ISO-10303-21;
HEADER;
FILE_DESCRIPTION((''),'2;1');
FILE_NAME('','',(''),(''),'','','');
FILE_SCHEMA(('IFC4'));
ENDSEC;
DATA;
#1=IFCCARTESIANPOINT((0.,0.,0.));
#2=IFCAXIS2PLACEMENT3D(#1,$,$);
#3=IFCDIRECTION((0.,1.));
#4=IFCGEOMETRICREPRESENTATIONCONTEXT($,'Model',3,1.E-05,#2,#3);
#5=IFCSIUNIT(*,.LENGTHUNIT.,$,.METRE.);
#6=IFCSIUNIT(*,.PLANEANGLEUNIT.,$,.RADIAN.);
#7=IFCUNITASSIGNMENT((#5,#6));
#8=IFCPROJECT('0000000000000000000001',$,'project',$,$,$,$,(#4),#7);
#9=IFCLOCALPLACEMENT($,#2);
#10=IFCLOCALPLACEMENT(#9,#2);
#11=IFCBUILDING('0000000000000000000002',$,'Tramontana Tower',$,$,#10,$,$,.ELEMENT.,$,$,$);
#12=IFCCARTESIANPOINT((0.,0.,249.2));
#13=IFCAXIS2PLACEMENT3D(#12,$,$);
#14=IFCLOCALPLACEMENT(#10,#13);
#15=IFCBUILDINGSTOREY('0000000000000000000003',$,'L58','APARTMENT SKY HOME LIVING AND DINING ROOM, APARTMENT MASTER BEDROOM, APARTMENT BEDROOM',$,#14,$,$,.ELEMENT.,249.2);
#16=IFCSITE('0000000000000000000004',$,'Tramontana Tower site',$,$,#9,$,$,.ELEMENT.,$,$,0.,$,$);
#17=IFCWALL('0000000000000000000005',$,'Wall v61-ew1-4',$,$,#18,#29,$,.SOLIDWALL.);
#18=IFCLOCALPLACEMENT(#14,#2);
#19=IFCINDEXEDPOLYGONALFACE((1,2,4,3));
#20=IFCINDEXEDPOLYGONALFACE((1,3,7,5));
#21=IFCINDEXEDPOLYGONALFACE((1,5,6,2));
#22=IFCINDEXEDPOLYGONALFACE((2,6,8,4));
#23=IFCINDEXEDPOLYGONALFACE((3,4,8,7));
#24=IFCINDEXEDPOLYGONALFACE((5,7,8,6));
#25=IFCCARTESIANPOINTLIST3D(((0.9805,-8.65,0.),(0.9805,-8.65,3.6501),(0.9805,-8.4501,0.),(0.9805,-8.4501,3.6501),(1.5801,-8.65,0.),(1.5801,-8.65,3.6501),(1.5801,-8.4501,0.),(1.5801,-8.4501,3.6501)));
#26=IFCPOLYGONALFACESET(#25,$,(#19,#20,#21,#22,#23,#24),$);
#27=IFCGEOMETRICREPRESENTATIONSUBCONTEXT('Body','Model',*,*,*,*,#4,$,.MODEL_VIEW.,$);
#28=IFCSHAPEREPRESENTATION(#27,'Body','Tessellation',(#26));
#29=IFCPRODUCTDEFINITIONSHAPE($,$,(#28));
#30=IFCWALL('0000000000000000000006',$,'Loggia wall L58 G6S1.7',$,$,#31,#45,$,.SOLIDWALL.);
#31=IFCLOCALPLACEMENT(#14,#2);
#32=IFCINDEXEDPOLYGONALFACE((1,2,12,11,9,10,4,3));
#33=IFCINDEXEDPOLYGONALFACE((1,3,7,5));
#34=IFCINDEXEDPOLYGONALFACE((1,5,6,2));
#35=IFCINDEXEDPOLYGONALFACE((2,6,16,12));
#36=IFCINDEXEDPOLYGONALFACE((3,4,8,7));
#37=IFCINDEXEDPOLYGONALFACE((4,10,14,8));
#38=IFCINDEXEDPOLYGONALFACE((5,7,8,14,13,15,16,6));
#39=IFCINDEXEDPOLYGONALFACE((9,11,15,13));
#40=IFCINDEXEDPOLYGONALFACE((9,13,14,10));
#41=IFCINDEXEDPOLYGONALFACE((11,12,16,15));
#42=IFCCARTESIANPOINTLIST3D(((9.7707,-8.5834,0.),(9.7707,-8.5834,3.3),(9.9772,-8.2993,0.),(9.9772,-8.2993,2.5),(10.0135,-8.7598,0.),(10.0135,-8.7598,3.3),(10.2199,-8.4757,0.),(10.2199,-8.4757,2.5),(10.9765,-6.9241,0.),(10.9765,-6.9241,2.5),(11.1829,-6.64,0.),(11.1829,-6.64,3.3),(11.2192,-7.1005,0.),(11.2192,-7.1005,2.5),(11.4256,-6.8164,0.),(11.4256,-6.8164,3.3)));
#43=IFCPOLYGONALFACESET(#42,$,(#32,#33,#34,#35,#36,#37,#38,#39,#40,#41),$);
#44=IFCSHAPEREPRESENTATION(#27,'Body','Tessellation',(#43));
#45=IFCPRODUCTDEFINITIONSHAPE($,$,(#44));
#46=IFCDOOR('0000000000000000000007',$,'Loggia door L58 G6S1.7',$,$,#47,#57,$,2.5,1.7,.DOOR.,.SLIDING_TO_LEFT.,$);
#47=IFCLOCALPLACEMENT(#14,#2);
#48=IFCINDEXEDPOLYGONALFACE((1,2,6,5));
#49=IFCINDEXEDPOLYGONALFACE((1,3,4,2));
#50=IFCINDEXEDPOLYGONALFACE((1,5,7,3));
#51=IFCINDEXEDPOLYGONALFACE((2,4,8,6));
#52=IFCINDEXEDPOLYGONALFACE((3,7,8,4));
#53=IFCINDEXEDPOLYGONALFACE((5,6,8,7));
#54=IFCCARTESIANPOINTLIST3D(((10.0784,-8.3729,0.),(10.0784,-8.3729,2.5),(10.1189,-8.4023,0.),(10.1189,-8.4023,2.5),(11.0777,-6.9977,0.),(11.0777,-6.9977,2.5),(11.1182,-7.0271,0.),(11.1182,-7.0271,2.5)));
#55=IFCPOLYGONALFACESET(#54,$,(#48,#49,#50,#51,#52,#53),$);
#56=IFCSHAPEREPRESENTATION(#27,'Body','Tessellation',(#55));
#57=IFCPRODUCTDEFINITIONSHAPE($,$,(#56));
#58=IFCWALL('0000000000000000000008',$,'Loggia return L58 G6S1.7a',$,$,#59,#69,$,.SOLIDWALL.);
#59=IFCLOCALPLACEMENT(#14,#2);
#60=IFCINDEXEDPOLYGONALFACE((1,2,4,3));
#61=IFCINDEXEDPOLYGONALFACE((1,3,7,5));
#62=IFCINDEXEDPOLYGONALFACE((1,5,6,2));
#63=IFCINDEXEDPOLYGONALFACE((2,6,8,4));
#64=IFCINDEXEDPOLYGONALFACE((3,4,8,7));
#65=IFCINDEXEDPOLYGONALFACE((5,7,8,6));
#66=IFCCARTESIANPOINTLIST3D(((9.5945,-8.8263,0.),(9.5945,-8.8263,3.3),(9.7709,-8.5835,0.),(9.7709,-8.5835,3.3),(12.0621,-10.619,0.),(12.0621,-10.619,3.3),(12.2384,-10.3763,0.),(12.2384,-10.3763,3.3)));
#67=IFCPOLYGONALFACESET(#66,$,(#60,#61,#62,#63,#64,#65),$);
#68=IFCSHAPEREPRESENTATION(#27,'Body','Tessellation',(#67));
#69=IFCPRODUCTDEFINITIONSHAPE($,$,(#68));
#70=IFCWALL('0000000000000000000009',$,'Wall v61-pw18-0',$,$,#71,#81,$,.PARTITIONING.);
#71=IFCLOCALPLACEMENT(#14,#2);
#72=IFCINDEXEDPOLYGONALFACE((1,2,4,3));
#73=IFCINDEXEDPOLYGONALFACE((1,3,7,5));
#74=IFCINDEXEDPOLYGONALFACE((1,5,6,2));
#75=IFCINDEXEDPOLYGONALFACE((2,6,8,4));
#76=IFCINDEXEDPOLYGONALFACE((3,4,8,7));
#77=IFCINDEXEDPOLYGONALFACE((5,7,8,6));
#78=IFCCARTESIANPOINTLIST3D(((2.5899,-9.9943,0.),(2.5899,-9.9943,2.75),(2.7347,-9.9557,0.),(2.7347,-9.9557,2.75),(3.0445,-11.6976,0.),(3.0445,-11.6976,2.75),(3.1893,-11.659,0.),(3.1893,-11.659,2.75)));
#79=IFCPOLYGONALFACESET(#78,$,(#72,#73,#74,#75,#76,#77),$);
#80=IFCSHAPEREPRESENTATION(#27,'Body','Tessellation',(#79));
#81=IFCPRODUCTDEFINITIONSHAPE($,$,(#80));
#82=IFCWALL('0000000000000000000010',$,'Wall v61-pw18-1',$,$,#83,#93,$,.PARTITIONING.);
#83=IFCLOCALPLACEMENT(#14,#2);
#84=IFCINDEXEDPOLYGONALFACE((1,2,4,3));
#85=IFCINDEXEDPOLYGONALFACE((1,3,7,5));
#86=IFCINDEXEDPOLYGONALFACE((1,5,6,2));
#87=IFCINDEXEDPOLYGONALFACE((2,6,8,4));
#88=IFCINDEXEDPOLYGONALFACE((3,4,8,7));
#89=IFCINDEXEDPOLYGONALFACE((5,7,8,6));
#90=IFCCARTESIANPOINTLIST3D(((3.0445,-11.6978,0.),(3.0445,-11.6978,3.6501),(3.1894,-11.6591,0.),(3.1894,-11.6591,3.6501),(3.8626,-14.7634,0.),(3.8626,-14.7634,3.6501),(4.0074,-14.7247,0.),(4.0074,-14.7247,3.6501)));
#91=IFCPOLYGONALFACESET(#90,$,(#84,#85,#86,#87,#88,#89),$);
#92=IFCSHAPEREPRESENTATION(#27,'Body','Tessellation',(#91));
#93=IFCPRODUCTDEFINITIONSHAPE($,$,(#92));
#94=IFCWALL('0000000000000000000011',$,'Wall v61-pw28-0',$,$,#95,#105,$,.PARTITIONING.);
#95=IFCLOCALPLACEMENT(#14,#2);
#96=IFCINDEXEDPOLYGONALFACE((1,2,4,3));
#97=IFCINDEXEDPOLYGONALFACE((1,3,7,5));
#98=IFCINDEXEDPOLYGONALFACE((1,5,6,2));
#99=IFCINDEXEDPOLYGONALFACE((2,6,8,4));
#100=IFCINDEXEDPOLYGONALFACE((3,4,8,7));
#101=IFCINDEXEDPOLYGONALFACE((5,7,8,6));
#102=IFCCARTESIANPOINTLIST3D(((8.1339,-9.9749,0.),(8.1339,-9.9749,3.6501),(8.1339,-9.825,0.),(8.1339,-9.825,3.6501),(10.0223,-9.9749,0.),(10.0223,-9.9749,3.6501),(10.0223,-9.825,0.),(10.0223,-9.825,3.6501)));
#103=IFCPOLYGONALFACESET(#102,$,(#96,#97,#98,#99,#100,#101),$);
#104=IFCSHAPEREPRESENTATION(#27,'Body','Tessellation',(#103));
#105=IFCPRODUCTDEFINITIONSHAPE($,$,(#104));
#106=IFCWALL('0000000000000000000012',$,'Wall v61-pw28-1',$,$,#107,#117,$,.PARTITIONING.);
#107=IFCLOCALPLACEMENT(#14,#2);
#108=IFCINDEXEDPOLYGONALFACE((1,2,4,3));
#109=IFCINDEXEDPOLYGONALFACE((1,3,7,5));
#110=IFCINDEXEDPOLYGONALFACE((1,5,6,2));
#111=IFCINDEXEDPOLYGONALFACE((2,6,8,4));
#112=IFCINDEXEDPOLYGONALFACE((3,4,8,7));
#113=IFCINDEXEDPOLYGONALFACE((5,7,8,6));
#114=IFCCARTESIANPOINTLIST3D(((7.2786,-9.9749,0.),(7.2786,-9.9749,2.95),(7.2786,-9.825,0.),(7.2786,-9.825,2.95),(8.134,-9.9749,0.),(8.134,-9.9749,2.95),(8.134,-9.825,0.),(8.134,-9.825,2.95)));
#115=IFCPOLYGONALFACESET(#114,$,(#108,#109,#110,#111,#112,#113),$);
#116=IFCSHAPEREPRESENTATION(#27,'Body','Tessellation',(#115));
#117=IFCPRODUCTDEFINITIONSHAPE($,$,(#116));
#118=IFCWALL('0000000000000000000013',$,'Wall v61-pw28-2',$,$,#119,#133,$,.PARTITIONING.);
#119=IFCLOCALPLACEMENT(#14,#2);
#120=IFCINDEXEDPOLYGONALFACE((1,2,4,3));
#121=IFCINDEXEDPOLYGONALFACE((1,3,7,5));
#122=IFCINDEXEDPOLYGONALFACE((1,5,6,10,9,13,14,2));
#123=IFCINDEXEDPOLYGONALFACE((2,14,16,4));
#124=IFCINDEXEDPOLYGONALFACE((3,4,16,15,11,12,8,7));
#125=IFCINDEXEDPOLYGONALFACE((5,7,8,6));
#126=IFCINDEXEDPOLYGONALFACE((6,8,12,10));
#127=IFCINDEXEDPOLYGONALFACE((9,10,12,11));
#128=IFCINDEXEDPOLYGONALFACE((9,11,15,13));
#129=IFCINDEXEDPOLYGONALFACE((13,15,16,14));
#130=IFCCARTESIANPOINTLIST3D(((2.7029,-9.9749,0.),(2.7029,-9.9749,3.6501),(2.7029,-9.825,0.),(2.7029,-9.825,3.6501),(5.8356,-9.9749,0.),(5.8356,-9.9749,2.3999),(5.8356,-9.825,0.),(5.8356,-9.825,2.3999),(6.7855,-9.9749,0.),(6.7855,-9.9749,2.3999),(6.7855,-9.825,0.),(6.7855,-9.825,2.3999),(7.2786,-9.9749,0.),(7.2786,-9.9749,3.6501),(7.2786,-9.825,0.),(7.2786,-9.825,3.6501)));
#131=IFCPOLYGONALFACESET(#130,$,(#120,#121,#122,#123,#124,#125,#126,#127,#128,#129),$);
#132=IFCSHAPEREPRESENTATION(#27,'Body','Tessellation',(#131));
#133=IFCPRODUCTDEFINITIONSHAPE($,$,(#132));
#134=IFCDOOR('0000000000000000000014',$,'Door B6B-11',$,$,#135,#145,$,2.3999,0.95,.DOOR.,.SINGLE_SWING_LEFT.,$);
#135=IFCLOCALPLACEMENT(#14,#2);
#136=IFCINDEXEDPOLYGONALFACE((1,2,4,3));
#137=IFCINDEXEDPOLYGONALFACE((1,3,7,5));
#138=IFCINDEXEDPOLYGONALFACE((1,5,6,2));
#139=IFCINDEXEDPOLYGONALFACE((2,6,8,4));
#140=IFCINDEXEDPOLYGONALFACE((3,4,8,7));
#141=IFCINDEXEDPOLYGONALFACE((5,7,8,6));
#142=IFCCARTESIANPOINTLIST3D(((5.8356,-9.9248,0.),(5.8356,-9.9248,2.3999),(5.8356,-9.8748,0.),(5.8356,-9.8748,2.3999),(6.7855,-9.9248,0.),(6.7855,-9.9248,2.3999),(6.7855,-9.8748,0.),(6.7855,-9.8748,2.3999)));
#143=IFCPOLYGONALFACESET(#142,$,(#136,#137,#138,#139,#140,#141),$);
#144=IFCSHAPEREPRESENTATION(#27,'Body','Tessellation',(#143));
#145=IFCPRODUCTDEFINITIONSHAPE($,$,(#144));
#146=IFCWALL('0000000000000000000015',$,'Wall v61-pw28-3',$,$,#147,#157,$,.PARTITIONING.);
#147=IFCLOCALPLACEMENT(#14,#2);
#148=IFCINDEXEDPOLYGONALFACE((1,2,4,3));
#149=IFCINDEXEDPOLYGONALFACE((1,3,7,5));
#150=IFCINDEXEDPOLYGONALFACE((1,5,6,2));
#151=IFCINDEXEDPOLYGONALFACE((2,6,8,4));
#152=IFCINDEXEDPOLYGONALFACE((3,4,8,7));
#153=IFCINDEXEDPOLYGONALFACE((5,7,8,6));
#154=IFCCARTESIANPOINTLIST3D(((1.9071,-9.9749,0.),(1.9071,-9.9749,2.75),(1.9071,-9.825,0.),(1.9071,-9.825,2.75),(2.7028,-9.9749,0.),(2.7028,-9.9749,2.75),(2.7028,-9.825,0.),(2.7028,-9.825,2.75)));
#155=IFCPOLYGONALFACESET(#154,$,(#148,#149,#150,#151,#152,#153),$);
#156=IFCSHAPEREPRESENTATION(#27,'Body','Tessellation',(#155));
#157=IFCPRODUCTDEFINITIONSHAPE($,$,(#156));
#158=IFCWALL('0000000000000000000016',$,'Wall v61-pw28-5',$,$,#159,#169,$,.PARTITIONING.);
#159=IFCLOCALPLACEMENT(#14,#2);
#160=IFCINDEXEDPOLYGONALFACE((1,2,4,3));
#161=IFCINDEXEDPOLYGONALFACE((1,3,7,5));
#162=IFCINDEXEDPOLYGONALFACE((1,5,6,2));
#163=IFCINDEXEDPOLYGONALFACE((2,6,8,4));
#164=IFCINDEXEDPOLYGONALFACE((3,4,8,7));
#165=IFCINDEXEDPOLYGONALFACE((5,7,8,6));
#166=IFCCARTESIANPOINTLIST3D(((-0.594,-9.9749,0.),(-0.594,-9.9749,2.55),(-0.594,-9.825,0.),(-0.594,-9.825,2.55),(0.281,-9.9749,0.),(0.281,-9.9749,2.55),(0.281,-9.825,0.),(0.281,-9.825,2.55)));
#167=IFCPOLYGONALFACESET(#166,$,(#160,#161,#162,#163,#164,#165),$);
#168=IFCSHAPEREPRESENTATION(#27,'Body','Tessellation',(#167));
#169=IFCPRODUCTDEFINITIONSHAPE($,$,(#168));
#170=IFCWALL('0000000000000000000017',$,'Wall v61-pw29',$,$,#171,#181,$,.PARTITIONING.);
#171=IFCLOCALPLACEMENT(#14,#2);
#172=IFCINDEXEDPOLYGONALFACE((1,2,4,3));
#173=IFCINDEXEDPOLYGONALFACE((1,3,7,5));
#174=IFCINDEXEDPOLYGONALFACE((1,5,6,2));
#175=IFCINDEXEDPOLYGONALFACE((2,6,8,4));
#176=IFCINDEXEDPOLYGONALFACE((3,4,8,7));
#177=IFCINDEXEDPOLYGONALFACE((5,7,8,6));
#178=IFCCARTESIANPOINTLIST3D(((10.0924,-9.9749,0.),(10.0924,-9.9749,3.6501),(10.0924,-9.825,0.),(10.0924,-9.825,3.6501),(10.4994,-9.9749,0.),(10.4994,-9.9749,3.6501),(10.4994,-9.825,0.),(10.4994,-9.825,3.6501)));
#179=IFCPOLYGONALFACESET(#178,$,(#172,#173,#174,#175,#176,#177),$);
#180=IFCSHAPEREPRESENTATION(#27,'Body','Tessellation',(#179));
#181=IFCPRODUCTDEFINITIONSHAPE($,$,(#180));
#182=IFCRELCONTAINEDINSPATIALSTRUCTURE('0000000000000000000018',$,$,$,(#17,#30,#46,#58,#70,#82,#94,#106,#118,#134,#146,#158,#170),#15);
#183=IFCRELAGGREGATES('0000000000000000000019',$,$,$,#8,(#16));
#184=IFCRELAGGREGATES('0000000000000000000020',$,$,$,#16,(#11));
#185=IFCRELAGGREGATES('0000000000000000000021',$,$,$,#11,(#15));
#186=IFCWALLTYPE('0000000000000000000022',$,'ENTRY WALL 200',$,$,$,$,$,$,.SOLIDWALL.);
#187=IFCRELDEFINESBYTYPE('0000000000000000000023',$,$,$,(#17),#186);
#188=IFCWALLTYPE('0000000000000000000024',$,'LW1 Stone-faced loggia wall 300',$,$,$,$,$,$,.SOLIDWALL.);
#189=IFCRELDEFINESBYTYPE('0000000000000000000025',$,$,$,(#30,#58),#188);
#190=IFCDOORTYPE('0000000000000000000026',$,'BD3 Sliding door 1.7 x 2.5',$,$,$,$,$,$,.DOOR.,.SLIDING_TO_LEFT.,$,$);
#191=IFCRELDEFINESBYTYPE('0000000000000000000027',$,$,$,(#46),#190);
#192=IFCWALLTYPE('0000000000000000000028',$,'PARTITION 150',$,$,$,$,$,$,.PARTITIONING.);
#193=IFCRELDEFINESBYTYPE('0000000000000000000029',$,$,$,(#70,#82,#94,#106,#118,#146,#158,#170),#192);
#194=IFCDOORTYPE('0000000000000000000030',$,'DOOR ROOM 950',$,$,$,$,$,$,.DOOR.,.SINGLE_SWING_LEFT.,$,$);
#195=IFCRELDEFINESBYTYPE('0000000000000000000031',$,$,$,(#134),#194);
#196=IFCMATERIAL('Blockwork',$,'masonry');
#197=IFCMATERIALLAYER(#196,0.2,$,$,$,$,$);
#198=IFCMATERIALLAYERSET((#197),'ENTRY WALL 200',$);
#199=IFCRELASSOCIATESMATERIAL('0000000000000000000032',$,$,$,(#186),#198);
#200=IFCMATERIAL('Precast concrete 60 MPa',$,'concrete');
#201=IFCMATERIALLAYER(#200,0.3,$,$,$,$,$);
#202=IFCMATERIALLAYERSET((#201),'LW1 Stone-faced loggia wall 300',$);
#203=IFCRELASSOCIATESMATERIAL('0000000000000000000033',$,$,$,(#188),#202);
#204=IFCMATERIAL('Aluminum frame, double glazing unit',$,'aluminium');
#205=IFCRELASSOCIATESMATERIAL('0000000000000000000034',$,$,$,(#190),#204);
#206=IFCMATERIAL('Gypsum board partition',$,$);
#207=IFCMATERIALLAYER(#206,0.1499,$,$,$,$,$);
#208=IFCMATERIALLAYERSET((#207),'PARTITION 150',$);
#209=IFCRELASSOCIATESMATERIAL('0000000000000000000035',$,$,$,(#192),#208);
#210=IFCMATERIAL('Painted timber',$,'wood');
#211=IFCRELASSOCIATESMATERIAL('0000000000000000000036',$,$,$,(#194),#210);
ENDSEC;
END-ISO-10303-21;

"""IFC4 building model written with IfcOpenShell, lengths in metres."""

from ifc_helpers import new_model, si_unit, direction, frame, frame_2d, origin, place, context, subcontext, project, spatial, rectangle, extrude, material, layer, layer_set, type_object, element, fill, save


model = new_model("IFC4")

# Units and contexts
model_context = context("Model", 3, precision=1e-05, world=origin(), true_north=direction((0.0, 1.0)))
body_context = subcontext(model_context, "Body", "Model", "MODEL_VIEW")
ifc_project = project(units=[si_unit("LENGTHUNIT", "METRE"), si_unit("PLANEANGLEUNIT", "RADIAN")], contexts=[model_context])

# Site, building, storey
site_placement = place(None, origin())
site = spatial("IfcSite", under=ifc_project, at=site_placement, Name="Tramontana Tower site", CompositionType="ELEMENT", RefElevation=0.0)
building_placement = place(site_placement, origin())
building = spatial("IfcBuilding", under=site, at=building_placement, Name="Tramontana Tower", CompositionType="ELEMENT")
storey_placement = place(building_placement, frame((0.0, 0.0, 249.2)))
storey = spatial("IfcBuildingStorey", under=building, at=storey_placement, Name="L58", Description="APARTMENT SKY HOME LIVING AND DINING ROOM, APARTMENT MASTER BEDROOM, APARTMENT BEDROOM", CompositionType="ELEMENT", Elevation=249.2)

# Wall
ifc_material_1 = material(Name="Blockwork", Category="masonry")
ifc_layer_1 = layer(ifc_material_1, 0.2)
ifc_layer_set_1 = layer_set([ifc_layer_1], Name="ENTRY WALL 200")
wall_type_1 = type_object("IfcWallType", Name="ENTRY WALL 200", PredefinedType="SOLIDWALL", material=ifc_layer_set_1)
wall_1_placement = place(storey_placement, frame((1.5801, -8.55, 0.0), z_axis=(0.0, 0.0, 1.0), x_axis=(-1.0, 0.0, 0.0)))
element("IfcWall", 1, at=wall_1_placement, inside=storey, type_object=wall_type_1, Name="Wall v61-ew1-4", PredefinedType="SOLIDWALL", context=body_context, shape_type="SweptSolid", body=[
    extrude(rectangle(XDim=0.5996, YDim=0.2, at=frame_2d((0.2998, 0.0))), origin(), (0.0, 0.0, 1.0), 3.6501),
])

# Wall, opening, door
ifc_material_2 = material(Name="Precast concrete 60 MPa", Category="concrete")
ifc_layer_2 = layer(ifc_material_2, 0.3)
ifc_layer_set_2 = layer_set([ifc_layer_2], Name="LW1 Stone-faced loggia wall 300")
wall_type_2 = type_object("IfcWallType", Name="LW1 Stone-faced loggia wall 300", PredefinedType="SOLIDWALL", material=ifc_layer_set_2)
wall_2_placement = place(storey_placement, frame((9.8921, -8.6716, 0.0), z_axis=(0.0, 0.0, 1.0), x_axis=(0.587833, 0.808982, 0.0)))
wall_2 = element("IfcWall", 2, at=wall_2_placement, inside=storey, type_object=wall_type_2, Name="Loggia wall L58 G6S1.7", PredefinedType="SOLIDWALL", context=body_context, shape_type="SweptSolid", body=[
    extrude(rectangle(XDim=2.4023, YDim=0.3, at=frame_2d((1.2012, 0.0))), origin(), (0.0, 0.0, 1.0), 3.3),
])
opening_1_placement = place(wall_2_placement, frame((0.3511, 0.0, 0.0)))
opening_1 = element("IfcOpeningElement", 3, at=opening_1_placement, cuts=wall_2, PredefinedType="OPENING", context=body_context, shape_type="SweptSolid", body=[
    extrude(rectangle(XDim=1.7, YDim=2.5, at=frame_2d((0.8501, 1.25))), frame((0.0, 0.1599, 0.0), z_axis=(0.0, -1.0, 0.0), x_axis=(1.0, 0.0, 0.0)), (0.0, 0.0, 1.0), 0.3201),
])
ifc_material_3 = material(Name="Aluminum frame, double glazing unit", Category="aluminium")
door_type_1 = type_object("IfcDoorType", Name="BD3 Sliding door 1.7 x 2.5", OperationType="SLIDING_TO_LEFT", PredefinedType="DOOR", material=ifc_material_3)
door_1_placement = place(opening_1_placement, origin())
door_1 = element("IfcDoor", 4, at=door_1_placement, inside=storey, type_object=door_type_1, Name="Loggia door L58 G6S1.7", OperationType="SLIDING_TO_LEFT", OverallHeight=2.5, OverallWidth=1.7, PredefinedType="DOOR", context=body_context, shape_type="SweptSolid", body=[
    extrude(rectangle(XDim=1.7, YDim=2.5, at=frame_2d((0.8501, 1.25))), frame((0.0, 0.0249, 0.0), z_axis=(0.0, -1.0, 0.0), x_axis=(1.0, 0.0, 0.0)), (0.0, 0.0, 1.0), 0.05),
])
fill(opening_1, door_1)

# Walls
wall_3_placement = place(storey_placement, frame((12.1501, -10.4976, 0.0), z_axis=(0.0, 0.0, 1.0), x_axis=(-0.809023, 0.587777, 0.0)))
element("IfcWall", 5, at=wall_3_placement, inside=storey, type_object=wall_type_2, Name="Loggia return L58 G6S1.7a", PredefinedType="SOLIDWALL", context=body_context, shape_type="SweptSolid", body=[
    extrude(rectangle(XDim=3.05, YDim=0.3, at=frame_2d((1.5249, 0.0))), origin(), (0.0, 0.0, 1.0), 3.3),
])
ifc_material_4 = material(Name="Gypsum board partition")
ifc_layer_3 = layer(ifc_material_4, 0.1499)
ifc_layer_set_3 = layer_set([ifc_layer_3], Name="PARTITION 150")
wall_type_3 = type_object("IfcWallType", Name="PARTITION 150", PredefinedType="PARTITIONING", material=ifc_layer_set_3)
wall_4_placement = place(storey_placement, frame((2.6624, -9.9751, 0.0), z_axis=(0.0, 0.0, 1.0), x_axis=(0.257852, -0.966184, 0.0)))
element("IfcWall", 6, at=wall_4_placement, inside=storey, type_object=wall_type_3, Name="Wall v61-pw18-0", PredefinedType="PARTITIONING", context=body_context, shape_type="SweptSolid", body=[
    extrude(rectangle(XDim=1.7629, YDim=0.1499, at=frame_2d((0.8813, 0.0))), origin(), (0.0, 0.0, 1.0), 2.75),
])
wall_5_placement = place(storey_placement, frame((3.1169, -11.6785, 0.0), z_axis=(0.0, 0.0, 1.0), x_axis=(0.25784, -0.966188, 0.0)))
element("IfcWall", 7, at=wall_5_placement, inside=storey, type_object=wall_type_3, Name="Wall v61-pw18-1", PredefinedType="PARTITIONING", context=body_context, shape_type="SweptSolid", body=[
    extrude(rectangle(XDim=3.1729, YDim=0.1499, at=frame_2d((1.5864, 0.0))), origin(), (0.0, 0.0, 1.0), 3.6501),
])

# Walls
wall_6_placement = place(storey_placement, frame((10.0225, -9.8999, 0.0), z_axis=(0.0, 0.0, 1.0), x_axis=(-1.0, 0.0, 0.0)))
element("IfcWall", 8, at=wall_6_placement, inside=storey, type_object=wall_type_3, Name="Wall v61-pw28-0", PredefinedType="PARTITIONING", context=body_context, shape_type="SweptSolid", body=[
    extrude(rectangle(XDim=1.8884, YDim=0.1499, at=frame_2d((0.9443, 0.0))), origin(), (0.0, 0.0, 1.0), 3.6501),
])
wall_7_placement = place(storey_placement, frame((8.134, -9.8999, 0.0), z_axis=(0.0, 0.0, 1.0), x_axis=(-1.0, 0.0, 0.0)))
element("IfcWall", 9, at=wall_7_placement, inside=storey, type_object=wall_type_3, Name="Wall v61-pw28-1", PredefinedType="PARTITIONING", context=body_context, shape_type="SweptSolid", body=[
    extrude(rectangle(XDim=0.8555, YDim=0.1499, at=frame_2d((0.4277, 0.0))), origin(), (0.0, 0.0, 1.0), 2.95),
])

# Wall, opening, door
wall_8_placement = place(storey_placement, frame((7.2786, -9.8999, 0.0), z_axis=(0.0, 0.0, 1.0), x_axis=(-1.0, 0.0, 0.0)))
wall_8 = element("IfcWall", 10, at=wall_8_placement, inside=storey, type_object=wall_type_3, Name="Wall v61-pw28-2", PredefinedType="PARTITIONING", context=body_context, shape_type="SweptSolid", body=[
    extrude(rectangle(XDim=4.5757, YDim=0.1499, at=frame_2d((2.2878, 0.0))), origin(), (0.0, 0.0, 1.0), 3.6501),
])
opening_2_placement = place(wall_8_placement, frame((0.4929, 0.0, 0.0)))
opening_2 = element("IfcOpeningElement", 11, at=opening_2_placement, cuts=wall_8, PredefinedType="OPENING", context=body_context, shape_type="SweptSolid", body=[
    extrude(rectangle(XDim=0.95, YDim=2.3999, at=frame_2d((0.4751, 1.2))), frame((0.0, 0.085, 0.0), z_axis=(0.0, -1.0, 0.0), x_axis=(1.0, 0.0, 0.0)), (0.0, 0.0, 1.0), 0.1699),
])
ifc_material_5 = material(Name="Painted timber", Category="wood")
door_type_2 = type_object("IfcDoorType", Name="DOOR ROOM 950", OperationType="SINGLE_SWING_LEFT", PredefinedType="DOOR", material=ifc_material_5)
door_2_placement = place(opening_2_placement, origin())
door_2 = element("IfcDoor", 12, at=door_2_placement, inside=storey, type_object=door_type_2, Name="Door B6B-11", OperationType="SINGLE_SWING_LEFT", OverallHeight=2.3999, OverallWidth=0.95, PredefinedType="DOOR", context=body_context, shape_type="SweptSolid", body=[
    extrude(rectangle(XDim=0.95, YDim=2.3999, at=frame_2d((0.4751, 1.2))), frame((0.0, 0.0249, 0.0), z_axis=(0.0, -1.0, 0.0), x_axis=(1.0, 0.0, 0.0)), (0.0, 0.0, 1.0), 0.05),
])
fill(opening_2, door_2)

# Wall
wall_9_placement = place(storey_placement, frame((2.7029, -9.8999, 0.0), z_axis=(0.0, 0.0, 1.0), x_axis=(-1.0, 0.0, 0.0)))
element("IfcWall", 13, at=wall_9_placement, inside=storey, type_object=wall_type_3, Name="Wall v61-pw28-3", PredefinedType="PARTITIONING", context=body_context, shape_type="SweptSolid", body=[
    extrude(rectangle(XDim=0.7957, YDim=0.1499, at=frame_2d((0.3979, 0.0))), origin(), (0.0, 0.0, 1.0), 2.75),
])

# Walls
wall_10_placement = place(storey_placement, frame((0.281, -9.8999, 0.0), z_axis=(0.0, 0.0, 1.0), x_axis=(-1.0, 0.0, 0.0)))
element("IfcWall", 14, at=wall_10_placement, inside=storey, type_object=wall_type_3, Name="Wall v61-pw28-5", PredefinedType="PARTITIONING", context=body_context, shape_type="SweptSolid", body=[
    extrude(rectangle(XDim=0.875, YDim=0.1499, at=frame_2d((0.4375, 0.0))), origin(), (0.0, 0.0, 1.0), 2.55),
])
wall_11_placement = place(storey_placement, frame((10.0923, -9.8999, 0.0), z_axis=(0.0, 0.0, 1.0), x_axis=(1.0, 0.0, 0.0)))
element("IfcWall", 15, at=wall_11_placement, inside=storey, type_object=wall_type_3, Name="Wall v61-pw29", PredefinedType="PARTITIONING", context=body_context, shape_type="SweptSolid", body=[
    extrude(rectangle(XDim=0.407, YDim=0.1499, at=frame_2d((0.2036, 0.0))), origin(), (0.0, 0.0, 1.0), 3.6501),
])

save(model, "model.ifc")
